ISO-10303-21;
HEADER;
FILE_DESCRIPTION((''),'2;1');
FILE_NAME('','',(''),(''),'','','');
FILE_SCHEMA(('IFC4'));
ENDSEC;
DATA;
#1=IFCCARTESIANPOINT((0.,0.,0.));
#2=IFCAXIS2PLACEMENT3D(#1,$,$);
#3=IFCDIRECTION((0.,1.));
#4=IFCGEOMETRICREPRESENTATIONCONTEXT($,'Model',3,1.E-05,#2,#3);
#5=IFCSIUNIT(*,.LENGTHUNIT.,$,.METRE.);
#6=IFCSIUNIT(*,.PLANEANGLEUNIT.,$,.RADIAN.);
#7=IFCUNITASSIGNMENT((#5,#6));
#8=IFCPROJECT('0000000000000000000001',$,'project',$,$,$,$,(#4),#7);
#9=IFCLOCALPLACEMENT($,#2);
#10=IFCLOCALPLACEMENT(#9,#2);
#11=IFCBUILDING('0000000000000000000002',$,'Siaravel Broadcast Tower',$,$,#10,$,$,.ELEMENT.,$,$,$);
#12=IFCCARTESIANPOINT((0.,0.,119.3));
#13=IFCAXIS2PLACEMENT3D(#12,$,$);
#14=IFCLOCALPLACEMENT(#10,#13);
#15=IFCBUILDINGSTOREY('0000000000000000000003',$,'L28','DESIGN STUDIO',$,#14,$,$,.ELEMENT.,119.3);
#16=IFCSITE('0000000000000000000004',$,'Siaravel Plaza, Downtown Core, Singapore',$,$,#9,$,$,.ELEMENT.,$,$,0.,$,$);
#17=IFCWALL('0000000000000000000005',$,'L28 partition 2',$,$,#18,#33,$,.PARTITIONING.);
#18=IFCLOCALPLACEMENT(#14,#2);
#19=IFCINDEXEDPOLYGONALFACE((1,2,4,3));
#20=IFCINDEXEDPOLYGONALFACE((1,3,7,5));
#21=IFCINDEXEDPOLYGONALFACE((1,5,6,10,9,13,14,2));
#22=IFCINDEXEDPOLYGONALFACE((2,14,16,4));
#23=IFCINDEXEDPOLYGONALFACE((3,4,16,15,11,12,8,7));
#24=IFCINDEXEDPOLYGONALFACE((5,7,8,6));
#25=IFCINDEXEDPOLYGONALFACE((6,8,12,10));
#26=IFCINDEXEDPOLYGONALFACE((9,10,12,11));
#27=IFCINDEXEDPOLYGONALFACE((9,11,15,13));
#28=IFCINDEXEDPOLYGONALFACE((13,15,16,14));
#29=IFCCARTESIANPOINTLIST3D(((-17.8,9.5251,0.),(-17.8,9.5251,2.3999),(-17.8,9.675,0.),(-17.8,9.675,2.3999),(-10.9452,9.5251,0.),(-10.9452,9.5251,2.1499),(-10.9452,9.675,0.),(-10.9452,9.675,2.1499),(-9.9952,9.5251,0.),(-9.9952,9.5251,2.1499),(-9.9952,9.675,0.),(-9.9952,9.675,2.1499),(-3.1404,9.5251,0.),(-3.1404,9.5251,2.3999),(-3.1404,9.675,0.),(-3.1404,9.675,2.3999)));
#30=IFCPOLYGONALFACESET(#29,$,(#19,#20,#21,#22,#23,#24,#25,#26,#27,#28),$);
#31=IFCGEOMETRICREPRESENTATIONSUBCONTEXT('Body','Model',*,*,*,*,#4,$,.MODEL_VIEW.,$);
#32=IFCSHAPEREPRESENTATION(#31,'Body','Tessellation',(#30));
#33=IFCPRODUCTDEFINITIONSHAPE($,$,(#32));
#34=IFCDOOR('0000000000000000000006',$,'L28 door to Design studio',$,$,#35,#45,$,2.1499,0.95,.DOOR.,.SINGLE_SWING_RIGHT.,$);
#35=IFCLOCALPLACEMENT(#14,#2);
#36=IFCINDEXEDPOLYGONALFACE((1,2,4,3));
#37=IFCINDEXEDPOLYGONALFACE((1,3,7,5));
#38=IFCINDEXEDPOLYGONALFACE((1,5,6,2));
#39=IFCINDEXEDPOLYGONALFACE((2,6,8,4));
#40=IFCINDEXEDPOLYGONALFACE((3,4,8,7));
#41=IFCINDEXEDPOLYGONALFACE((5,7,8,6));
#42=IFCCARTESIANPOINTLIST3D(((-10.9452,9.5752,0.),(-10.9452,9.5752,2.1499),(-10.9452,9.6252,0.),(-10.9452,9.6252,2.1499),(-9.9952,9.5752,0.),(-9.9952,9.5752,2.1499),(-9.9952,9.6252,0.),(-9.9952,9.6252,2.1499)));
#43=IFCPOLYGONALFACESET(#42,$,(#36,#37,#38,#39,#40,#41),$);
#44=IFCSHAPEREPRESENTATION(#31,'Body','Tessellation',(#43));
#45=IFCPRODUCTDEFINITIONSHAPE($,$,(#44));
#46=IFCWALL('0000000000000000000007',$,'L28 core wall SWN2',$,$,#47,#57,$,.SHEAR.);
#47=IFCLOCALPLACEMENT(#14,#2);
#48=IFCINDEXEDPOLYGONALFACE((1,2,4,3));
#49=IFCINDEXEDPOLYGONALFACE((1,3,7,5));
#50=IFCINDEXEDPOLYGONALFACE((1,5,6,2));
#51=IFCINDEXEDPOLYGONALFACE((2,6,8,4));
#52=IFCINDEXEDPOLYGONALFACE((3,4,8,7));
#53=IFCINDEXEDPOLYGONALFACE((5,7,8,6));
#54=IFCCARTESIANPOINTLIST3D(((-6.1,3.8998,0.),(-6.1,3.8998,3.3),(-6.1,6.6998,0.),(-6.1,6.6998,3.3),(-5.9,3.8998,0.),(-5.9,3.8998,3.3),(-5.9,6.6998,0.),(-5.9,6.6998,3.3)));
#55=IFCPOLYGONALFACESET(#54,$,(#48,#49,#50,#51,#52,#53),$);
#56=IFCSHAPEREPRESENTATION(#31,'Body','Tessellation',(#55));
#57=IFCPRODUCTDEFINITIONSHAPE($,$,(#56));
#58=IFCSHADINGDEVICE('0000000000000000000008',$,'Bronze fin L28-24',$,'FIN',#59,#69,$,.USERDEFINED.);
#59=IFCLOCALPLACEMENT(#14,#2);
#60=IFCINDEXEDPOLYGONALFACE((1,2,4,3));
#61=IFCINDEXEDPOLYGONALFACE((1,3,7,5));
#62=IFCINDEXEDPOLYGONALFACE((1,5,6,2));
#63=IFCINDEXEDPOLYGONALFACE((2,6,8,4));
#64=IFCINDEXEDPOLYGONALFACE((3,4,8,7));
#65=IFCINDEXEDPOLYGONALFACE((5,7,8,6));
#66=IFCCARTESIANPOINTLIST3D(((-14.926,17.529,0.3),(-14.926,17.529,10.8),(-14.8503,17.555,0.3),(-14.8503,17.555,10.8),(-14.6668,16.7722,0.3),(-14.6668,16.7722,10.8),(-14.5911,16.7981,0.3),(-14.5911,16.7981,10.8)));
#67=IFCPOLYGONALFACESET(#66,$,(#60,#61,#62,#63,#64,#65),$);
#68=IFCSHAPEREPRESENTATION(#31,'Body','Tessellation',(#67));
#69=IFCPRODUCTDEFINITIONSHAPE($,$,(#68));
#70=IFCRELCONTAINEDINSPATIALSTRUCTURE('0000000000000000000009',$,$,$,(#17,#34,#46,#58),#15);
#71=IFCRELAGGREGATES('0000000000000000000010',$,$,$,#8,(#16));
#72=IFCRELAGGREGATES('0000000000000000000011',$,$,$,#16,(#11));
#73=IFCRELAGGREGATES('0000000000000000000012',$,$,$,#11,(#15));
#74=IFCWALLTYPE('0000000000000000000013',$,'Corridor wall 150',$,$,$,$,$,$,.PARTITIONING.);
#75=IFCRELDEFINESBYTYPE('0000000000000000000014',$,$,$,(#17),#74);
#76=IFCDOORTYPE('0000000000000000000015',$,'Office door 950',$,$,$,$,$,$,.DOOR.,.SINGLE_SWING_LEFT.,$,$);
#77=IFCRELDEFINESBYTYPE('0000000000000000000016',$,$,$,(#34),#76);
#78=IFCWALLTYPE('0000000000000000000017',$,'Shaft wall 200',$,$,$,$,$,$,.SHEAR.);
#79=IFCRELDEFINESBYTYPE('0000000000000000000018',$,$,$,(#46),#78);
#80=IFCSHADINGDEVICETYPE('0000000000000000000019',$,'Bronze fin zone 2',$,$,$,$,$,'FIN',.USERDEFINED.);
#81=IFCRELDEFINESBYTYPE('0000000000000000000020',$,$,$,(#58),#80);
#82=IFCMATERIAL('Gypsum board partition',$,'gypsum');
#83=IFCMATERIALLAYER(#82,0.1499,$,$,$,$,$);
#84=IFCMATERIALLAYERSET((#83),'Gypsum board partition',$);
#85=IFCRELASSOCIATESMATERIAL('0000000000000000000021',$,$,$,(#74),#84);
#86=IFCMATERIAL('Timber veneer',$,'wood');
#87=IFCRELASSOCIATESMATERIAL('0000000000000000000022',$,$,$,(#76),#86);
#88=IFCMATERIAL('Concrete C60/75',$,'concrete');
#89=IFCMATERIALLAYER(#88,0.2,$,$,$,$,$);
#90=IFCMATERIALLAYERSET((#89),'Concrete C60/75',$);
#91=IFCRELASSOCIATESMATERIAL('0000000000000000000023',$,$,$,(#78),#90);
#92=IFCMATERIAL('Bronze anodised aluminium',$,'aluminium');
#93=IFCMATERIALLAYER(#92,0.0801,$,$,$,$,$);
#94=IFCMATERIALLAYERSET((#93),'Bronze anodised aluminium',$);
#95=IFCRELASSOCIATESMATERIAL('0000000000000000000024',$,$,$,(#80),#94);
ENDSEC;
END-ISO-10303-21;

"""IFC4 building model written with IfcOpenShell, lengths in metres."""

from ifc_helpers import new_model, si_unit, direction, frame, frame_2d, origin, origin_2d, place, context, subcontext, project, spatial, rectangle, extrude, material, layer, layer_set, type_object, element, fill, save


model = new_model("IFC4")

# Units and contexts
model_context = context("Model", 3, precision=1e-05, world=origin(), true_north=direction((0.0, 1.0)))
body_context = subcontext(model_context, "Body", "Model", "MODEL_VIEW")
ifc_project = project(units=[si_unit("LENGTHUNIT", "METRE"), si_unit("PLANEANGLEUNIT", "RADIAN")], contexts=[model_context])

# Site, building, storey
site_placement = place(None, origin())
site = spatial("IfcSite", under=ifc_project, at=site_placement, Name="Siaravel Plaza, Downtown Core, Singapore", CompositionType="ELEMENT", RefElevation=0.0)
building_placement = place(site_placement, origin())
building = spatial("IfcBuilding", under=site, at=building_placement, Name="Siaravel Broadcast Tower", CompositionType="ELEMENT")
storey_placement = place(building_placement, frame((0.0, 0.0, 119.3)))
storey = spatial("IfcBuildingStorey", under=building, at=storey_placement, Name="L28", Description="DESIGN STUDIO", CompositionType="ELEMENT", Elevation=119.3)

# Shared definitions
ifc_material_1 = material(Name="Concrete C60/75", Category="concrete")

# Shared definitions
ifc_material_2 = material(Name="Timber veneer", Category="wood")

# Wall, opening, door
ifc_material_3 = material(Name="Gypsum board partition", Category="gypsum")
ifc_layer_1 = layer(ifc_material_3, 0.1499)
ifc_layer_set_1 = layer_set([ifc_layer_1], Name="Gypsum board partition")
wall_type_1 = type_object("IfcWallType", Name="Corridor wall 150", PredefinedType="PARTITIONING", material=ifc_layer_set_1)
wall_1_placement = place(storey_placement, frame((-3.1404, 9.6001, 0.0), z_axis=(0.0, 0.0, 1.0), x_axis=(-1.0, 0.0, 0.0)))
wall_1 = element("IfcWall", 1, at=wall_1_placement, inside=storey, type_object=wall_type_1, Name="L28 partition 2", PredefinedType="PARTITIONING", context=body_context, shape_type="SweptSolid", body=[
    extrude(rectangle(XDim=14.6597, YDim=0.1499, at=frame_2d((7.3298, 0.0))), origin(), (0.0, 0.0, 1.0), 2.3999),
])
opening_1_placement = place(wall_1_placement, frame((6.8547, 0.0, 0.0)))
opening_1 = element("IfcOpeningElement", 2, at=opening_1_placement, cuts=wall_1, PredefinedType="OPENING", context=body_context, shape_type="SweptSolid", body=[
    extrude(rectangle(XDim=0.95, YDim=2.1499, at=frame_2d((0.4751, 1.075))), frame((0.0, 0.085, 0.0), z_axis=(0.0, -1.0, 0.0), x_axis=(1.0, 0.0, 0.0)), (0.0, 0.0, 1.0), 0.1699),
])
door_type_1 = type_object("IfcDoorType", Name="Office door 950", OperationType="SINGLE_SWING_LEFT", PredefinedType="DOOR", material=ifc_material_2)
door_1_placement = place(opening_1_placement, origin())
door_1 = element("IfcDoor", 3, at=door_1_placement, inside=storey, type_object=door_type_1, Name="L28 door to Design studio", OperationType="SINGLE_SWING_RIGHT", OverallHeight=2.1499, OverallWidth=0.95, PredefinedType="DOOR", context=body_context, shape_type="SweptSolid", body=[
    extrude(rectangle(XDim=0.95, YDim=2.1499, at=frame_2d((0.4751, 1.075))), frame((0.0, 0.0249, 0.0), z_axis=(0.0, -1.0, 0.0), x_axis=(1.0, 0.0, 0.0)), (0.0, 0.0, 1.0), 0.05),
])
fill(opening_1, door_1)

# Wall
ifc_layer_2 = layer(ifc_material_1, 0.2)
ifc_layer_set_2 = layer_set([ifc_layer_2], Name="Concrete C60/75")
wall_type_2 = type_object("IfcWallType", Name="Shaft wall 200", PredefinedType="SHEAR", material=ifc_layer_set_2)
wall_2_placement = place(storey_placement, frame((-6.0, 3.8999, 0.0), z_axis=(0.0, 0.0, 1.0), x_axis=(0.0, 1.0, 0.0)))
element("IfcWall", 4, at=wall_2_placement, inside=storey, type_object=wall_type_2, Name="L28 core wall SWN2", PredefinedType="SHEAR", context=body_context, shape_type="SweptSolid", body=[
    extrude(rectangle(XDim=2.8, YDim=0.2, at=frame_2d((1.3999, 0.0))), origin(), (0.0, 0.0, 1.0), 3.3),
])

# Shading device
ifc_material_4 = material(Name="Bronze anodised aluminium", Category="aluminium")
ifc_layer_3 = layer(ifc_material_4, 0.0801)
ifc_layer_set_3 = layer_set([ifc_layer_3], Name="Bronze anodised aluminium")
shading_device_type = type_object("IfcShadingDeviceType", Name="Bronze fin zone 2", ElementType="FIN", PredefinedType="USERDEFINED", material=ifc_layer_set_3)
shading_device_placement = place(storey_placement, frame((-14.7585, 17.1636, 0.3), z_axis=(0.0, 0.0, 1.0), x_axis=(-0.323992, 0.94606, 0.0)))
element("IfcShadingDevice", 5, at=shading_device_placement, inside=storey, type_object=shading_device_type, Name="Bronze fin L28-24", ObjectType="FIN", PredefinedType="USERDEFINED", context=body_context, shape_type="SweptSolid", body=[
    extrude(rectangle(XDim=0.8, YDim=0.0801, at=origin_2d()), origin(), (0.0, 0.0, 1.0), 10.5),
])

save(model, "model.ifc")
